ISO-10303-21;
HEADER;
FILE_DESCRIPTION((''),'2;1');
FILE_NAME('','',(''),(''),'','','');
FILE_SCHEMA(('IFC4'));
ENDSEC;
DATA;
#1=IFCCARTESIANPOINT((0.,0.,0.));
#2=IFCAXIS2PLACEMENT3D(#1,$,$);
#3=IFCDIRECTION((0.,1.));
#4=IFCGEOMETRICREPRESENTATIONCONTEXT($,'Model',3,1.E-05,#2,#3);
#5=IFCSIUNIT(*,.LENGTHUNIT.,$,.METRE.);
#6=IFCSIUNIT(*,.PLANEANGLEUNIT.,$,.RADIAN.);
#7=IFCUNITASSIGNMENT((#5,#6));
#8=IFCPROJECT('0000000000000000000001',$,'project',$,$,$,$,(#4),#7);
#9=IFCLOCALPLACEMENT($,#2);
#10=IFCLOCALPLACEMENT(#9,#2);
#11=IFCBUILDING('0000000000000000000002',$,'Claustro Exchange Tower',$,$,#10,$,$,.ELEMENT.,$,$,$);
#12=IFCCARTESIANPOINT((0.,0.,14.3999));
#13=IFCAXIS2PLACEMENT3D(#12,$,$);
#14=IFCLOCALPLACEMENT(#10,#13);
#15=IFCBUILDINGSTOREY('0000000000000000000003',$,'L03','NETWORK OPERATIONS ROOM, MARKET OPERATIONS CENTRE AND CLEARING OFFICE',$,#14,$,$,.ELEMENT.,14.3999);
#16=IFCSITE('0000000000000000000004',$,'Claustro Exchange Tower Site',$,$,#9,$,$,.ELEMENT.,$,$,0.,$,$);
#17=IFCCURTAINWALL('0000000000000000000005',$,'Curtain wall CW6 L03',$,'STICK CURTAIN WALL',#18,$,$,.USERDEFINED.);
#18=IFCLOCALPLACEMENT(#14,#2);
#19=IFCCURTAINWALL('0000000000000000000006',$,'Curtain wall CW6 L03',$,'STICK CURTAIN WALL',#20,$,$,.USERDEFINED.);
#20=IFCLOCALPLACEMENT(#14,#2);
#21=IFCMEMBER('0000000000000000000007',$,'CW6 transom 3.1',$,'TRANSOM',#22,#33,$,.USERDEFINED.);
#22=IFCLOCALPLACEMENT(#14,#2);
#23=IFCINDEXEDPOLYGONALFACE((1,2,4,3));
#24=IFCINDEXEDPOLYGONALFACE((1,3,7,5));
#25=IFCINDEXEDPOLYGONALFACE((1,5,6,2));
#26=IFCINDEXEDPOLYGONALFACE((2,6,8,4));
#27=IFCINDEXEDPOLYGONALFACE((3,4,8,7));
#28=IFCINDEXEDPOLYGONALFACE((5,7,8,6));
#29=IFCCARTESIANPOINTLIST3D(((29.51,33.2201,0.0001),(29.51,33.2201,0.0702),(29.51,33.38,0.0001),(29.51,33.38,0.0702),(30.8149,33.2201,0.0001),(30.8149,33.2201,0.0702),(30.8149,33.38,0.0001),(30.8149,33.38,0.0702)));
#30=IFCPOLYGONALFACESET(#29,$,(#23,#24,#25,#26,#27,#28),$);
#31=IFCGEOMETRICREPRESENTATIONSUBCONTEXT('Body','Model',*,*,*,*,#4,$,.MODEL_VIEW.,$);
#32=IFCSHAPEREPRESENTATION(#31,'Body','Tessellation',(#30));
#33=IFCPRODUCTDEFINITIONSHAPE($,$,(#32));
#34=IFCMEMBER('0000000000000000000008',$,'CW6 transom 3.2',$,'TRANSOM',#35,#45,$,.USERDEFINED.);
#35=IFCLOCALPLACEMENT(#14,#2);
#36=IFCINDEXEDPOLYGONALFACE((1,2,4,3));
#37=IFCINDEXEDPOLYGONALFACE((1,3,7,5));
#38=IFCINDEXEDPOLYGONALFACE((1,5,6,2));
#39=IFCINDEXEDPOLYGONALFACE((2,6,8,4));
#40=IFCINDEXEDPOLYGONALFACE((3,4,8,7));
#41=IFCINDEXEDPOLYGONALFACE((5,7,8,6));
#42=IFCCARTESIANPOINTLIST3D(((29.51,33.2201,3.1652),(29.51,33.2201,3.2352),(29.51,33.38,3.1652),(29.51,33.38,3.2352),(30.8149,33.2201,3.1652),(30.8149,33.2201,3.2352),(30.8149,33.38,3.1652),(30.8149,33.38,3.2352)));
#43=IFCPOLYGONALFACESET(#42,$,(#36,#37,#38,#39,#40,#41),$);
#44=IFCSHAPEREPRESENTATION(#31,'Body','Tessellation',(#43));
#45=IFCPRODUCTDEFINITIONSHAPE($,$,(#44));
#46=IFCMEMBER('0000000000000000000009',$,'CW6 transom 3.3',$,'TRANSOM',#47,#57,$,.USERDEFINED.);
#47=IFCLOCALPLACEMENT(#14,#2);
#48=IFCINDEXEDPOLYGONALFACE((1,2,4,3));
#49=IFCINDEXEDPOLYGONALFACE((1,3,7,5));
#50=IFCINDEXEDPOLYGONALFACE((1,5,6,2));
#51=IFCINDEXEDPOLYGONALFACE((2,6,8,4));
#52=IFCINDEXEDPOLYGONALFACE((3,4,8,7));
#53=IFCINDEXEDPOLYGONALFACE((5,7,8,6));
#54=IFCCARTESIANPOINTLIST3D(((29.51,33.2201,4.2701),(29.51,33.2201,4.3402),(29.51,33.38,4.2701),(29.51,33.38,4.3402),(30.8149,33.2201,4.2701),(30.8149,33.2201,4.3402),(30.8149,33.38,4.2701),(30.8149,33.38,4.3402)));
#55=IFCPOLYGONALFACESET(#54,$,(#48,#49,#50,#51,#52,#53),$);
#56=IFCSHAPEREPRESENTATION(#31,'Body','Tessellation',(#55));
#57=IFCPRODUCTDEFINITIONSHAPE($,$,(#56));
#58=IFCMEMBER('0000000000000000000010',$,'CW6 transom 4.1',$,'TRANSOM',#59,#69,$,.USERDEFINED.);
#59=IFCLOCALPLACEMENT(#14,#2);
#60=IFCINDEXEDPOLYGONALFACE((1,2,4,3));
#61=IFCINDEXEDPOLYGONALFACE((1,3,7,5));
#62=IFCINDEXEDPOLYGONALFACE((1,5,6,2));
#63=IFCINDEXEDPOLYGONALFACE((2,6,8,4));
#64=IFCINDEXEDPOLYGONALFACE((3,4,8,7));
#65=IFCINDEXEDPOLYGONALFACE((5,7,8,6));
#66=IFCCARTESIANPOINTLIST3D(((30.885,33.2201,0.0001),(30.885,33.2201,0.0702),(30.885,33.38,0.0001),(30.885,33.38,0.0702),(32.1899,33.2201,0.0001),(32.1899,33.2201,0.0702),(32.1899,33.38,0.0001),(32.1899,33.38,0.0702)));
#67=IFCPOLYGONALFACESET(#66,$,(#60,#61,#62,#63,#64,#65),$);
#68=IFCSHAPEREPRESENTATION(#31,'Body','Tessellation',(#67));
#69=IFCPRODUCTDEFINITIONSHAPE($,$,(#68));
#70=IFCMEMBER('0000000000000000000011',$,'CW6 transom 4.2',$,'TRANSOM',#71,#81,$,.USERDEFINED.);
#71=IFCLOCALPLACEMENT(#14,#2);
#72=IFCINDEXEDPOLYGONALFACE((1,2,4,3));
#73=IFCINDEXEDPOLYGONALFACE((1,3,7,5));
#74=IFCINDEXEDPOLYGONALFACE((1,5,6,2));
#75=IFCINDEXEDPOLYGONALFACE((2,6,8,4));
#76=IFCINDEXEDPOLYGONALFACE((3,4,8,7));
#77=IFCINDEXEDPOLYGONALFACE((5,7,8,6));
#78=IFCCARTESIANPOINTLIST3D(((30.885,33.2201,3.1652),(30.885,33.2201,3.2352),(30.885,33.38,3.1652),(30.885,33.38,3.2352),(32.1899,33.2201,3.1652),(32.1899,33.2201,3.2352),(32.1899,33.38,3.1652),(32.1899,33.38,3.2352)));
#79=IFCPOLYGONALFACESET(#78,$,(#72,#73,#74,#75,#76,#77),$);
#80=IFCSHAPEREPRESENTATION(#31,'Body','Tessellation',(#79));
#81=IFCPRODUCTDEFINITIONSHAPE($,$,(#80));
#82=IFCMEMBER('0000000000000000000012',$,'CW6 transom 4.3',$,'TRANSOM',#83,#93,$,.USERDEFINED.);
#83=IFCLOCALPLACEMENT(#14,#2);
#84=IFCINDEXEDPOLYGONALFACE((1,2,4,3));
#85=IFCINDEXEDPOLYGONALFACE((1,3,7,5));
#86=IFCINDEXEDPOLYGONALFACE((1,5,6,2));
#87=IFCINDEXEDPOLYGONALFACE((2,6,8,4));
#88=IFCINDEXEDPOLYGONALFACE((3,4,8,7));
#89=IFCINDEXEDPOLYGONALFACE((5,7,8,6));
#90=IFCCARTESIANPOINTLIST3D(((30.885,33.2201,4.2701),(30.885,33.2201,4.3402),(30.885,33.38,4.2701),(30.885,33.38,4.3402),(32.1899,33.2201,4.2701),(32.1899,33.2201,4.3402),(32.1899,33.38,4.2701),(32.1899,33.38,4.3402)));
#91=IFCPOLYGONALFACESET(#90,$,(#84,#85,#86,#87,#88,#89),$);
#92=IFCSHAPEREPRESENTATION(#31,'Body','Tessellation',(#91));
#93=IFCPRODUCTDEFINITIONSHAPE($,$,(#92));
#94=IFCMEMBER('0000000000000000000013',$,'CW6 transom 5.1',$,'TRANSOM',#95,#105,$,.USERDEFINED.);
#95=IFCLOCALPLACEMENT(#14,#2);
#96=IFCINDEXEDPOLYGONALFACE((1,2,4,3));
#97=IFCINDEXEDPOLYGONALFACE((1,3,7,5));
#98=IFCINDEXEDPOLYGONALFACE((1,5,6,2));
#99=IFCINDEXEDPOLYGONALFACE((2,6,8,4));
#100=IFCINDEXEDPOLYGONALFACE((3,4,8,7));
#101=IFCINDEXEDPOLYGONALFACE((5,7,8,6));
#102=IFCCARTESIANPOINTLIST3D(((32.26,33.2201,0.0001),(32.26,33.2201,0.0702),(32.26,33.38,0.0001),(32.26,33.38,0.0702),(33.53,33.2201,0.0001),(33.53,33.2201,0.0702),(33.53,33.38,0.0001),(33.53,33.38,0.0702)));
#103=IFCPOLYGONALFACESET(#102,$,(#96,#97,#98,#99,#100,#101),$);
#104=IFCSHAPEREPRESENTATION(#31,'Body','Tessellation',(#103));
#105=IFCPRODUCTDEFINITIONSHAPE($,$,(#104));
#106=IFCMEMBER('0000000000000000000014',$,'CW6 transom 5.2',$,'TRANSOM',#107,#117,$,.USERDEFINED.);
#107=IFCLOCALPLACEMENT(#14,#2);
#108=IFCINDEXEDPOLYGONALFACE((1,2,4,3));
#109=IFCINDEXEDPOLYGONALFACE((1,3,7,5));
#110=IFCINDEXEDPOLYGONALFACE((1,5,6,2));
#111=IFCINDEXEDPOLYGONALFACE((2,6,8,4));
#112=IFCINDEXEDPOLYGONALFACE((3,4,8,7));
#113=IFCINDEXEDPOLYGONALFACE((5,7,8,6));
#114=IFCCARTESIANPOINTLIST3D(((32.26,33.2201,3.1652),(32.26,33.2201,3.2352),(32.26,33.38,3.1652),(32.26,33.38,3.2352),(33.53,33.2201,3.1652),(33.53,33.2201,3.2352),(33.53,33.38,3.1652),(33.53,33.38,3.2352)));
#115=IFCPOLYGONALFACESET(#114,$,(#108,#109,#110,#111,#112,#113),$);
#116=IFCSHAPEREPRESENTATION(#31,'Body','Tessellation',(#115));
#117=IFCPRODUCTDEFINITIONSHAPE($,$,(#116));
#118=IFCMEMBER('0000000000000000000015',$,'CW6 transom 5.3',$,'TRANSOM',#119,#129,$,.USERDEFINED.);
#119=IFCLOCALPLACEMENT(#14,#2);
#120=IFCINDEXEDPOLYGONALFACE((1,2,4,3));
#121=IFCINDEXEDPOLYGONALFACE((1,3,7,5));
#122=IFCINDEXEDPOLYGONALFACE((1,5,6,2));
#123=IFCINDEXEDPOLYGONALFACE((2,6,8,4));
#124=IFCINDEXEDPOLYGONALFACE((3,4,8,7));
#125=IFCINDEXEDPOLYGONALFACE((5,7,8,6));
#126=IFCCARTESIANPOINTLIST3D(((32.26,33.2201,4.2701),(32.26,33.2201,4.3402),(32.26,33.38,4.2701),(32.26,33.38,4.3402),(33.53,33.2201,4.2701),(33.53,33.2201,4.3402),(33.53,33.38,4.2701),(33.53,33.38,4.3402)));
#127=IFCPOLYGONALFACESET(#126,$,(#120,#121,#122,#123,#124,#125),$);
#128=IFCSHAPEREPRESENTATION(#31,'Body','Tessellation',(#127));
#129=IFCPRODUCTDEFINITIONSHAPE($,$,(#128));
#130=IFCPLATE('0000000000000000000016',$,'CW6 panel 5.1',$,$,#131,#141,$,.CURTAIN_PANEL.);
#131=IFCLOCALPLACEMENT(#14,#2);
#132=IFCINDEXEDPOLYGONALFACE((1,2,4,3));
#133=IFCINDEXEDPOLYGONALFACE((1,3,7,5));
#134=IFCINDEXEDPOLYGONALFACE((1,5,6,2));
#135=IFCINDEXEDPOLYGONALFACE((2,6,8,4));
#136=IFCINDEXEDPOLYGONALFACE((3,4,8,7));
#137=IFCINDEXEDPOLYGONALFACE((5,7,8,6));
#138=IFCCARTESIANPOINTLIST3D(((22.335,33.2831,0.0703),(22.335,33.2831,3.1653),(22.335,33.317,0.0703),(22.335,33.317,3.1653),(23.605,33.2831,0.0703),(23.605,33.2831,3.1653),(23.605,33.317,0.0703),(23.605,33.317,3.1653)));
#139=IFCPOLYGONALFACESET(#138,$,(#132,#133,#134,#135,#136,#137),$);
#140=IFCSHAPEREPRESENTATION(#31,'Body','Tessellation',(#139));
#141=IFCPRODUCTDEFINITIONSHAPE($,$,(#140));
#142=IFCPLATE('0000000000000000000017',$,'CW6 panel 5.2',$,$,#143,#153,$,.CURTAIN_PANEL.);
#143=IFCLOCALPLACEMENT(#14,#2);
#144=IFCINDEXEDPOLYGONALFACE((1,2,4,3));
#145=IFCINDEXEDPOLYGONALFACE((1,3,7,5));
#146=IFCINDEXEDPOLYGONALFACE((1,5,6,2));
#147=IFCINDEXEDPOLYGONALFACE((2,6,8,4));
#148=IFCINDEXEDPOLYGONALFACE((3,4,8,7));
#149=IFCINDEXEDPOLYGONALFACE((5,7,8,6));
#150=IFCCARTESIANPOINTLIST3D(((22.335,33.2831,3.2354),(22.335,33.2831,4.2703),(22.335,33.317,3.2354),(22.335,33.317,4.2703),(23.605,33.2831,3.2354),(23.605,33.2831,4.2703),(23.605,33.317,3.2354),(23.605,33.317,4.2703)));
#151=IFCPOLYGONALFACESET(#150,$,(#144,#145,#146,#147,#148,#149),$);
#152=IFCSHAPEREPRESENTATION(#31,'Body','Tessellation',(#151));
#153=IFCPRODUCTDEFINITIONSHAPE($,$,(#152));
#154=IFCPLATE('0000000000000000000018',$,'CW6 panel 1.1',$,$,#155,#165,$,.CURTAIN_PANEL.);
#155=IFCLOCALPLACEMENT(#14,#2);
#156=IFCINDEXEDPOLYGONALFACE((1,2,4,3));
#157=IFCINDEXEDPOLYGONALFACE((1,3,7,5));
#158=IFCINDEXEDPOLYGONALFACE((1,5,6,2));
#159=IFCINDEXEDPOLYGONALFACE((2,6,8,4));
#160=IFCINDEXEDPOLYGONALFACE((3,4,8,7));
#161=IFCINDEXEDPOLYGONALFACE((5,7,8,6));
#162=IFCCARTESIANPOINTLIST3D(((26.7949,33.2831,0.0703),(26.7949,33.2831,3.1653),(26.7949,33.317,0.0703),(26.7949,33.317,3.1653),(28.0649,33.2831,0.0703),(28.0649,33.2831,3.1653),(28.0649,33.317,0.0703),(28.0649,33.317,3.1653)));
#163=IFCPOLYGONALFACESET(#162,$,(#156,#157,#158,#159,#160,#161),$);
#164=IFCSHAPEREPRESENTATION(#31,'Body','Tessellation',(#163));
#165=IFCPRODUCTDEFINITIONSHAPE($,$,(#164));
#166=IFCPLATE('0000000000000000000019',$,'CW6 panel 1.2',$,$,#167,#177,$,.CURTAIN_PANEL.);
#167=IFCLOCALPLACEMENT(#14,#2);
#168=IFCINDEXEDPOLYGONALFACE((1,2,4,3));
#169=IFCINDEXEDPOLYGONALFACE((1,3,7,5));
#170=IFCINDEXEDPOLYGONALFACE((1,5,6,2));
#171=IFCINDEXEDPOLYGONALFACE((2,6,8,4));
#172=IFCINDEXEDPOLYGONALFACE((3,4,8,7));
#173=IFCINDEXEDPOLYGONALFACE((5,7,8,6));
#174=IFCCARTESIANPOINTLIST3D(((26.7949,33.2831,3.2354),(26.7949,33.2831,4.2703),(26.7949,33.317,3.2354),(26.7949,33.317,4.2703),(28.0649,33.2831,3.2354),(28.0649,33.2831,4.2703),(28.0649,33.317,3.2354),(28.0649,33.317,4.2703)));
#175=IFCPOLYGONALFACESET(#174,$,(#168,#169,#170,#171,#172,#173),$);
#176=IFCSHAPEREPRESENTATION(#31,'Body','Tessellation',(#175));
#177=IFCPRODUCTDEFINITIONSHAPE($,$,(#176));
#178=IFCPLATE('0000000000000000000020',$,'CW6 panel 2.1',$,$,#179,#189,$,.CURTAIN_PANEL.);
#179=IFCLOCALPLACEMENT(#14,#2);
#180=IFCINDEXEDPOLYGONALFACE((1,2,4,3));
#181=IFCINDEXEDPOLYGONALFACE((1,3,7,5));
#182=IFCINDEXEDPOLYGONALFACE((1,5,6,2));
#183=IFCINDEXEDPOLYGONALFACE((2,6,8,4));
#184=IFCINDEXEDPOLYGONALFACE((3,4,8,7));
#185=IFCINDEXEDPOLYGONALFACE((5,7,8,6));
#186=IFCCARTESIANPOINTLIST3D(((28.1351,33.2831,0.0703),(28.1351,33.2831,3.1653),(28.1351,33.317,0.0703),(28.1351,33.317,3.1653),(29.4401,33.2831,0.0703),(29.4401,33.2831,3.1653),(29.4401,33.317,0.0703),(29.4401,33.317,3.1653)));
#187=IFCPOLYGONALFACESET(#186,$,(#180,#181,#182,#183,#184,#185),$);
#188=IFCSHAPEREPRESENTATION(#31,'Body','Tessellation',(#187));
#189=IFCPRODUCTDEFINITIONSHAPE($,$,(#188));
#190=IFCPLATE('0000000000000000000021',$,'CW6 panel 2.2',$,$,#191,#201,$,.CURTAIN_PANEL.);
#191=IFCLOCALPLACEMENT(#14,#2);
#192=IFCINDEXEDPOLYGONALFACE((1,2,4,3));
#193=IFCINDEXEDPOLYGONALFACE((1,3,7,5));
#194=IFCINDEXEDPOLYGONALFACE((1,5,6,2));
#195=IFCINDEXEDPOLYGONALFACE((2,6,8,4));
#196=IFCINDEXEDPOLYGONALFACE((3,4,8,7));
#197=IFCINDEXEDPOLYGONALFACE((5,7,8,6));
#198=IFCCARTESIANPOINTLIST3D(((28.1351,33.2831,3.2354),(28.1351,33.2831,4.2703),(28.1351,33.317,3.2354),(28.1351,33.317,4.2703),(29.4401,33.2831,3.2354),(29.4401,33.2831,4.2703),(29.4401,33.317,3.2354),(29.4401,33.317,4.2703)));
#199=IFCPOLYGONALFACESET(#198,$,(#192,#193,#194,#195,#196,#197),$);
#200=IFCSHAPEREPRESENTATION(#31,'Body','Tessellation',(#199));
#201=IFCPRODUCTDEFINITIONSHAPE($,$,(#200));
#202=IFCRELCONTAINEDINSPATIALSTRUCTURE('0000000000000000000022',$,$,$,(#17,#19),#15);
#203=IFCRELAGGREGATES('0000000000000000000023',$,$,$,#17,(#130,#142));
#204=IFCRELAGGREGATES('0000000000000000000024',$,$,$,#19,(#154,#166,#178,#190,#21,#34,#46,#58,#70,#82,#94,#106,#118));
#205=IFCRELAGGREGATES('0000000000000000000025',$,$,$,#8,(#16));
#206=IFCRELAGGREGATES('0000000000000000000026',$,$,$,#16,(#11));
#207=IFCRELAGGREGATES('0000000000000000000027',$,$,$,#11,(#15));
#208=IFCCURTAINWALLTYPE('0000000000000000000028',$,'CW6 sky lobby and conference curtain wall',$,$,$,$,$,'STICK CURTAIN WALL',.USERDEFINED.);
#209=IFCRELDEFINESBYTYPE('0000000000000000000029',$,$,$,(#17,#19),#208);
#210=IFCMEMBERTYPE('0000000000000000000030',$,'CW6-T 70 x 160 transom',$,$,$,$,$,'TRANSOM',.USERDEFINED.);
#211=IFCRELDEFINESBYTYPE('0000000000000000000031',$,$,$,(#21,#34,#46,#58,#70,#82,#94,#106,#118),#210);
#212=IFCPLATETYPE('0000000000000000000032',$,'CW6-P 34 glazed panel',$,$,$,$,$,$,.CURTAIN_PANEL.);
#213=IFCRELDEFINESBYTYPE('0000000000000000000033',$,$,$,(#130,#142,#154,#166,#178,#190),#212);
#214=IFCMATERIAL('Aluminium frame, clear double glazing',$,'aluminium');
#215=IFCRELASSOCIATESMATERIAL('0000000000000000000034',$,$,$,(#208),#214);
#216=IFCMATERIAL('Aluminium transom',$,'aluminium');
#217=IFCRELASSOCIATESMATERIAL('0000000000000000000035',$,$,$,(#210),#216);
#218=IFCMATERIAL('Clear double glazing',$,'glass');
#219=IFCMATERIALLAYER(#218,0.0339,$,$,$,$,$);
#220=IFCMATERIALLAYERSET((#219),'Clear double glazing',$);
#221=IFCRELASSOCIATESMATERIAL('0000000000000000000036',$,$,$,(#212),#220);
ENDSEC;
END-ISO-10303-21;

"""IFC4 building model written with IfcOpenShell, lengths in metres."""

from ifc_helpers import new_model, si_unit, direction, frame, origin, origin_2d, place, context, subcontext, project, spatial, rectangle, extrude, material, layer, layer_set, material_profile, profile_set, type_object, element, aggregate, save


model = new_model("IFC4")

# Units and contexts
model_context = context("Model", 3, precision=1e-05, world=origin(), true_north=direction((0.0, 1.0)))
body_context = subcontext(model_context, "Body", "Model", "MODEL_VIEW")
ifc_project = project(units=[si_unit("LENGTHUNIT", "METRE"), si_unit("PLANEANGLEUNIT", "RADIAN")], contexts=[model_context])

# Site, building, storey
site_placement = place(None, origin())
site = spatial("IfcSite", under=ifc_project, at=site_placement, Name="Claustro Exchange Tower Site", CompositionType="ELEMENT", RefElevation=0.0)
building_placement = place(site_placement, origin())
building = spatial("IfcBuilding", under=site, at=building_placement, Name="Claustro Exchange Tower", CompositionType="ELEMENT")
storey_placement = place(building_placement, frame((0.0, 0.0, 14.3999)))
storey = spatial("IfcBuildingStorey", under=building, at=storey_placement, Name="L03", Description="NETWORK OPERATIONS ROOM, MARKET OPERATIONS CENTRE AND CLEARING OFFICE", CompositionType="ELEMENT", Elevation=14.3999)

# Curtain wall
ifc_material_1 = material(Name="Aluminium frame, clear double glazing", Category="aluminium")
curtain_wall_type = type_object("IfcCurtainWallType", Name="CW6 sky lobby and conference curtain wall", ElementType="STICK CURTAIN WALL", PredefinedType="USERDEFINED", material=ifc_material_1)
curtain_wall_1_placement = place(storey_placement, origin())
curtain_wall_1 = element("IfcCurtainWall", 1, at=curtain_wall_1_placement, inside=storey, type_object=curtain_wall_type, Name="Curtain wall CW6 L03", ObjectType="STICK CURTAIN WALL", PredefinedType="USERDEFINED")

# Curtain wall, members
curtain_wall_2_placement = place(storey_placement, origin())
curtain_wall_2 = element("IfcCurtainWall", 2, at=curtain_wall_2_placement, inside=storey, type_object=curtain_wall_type, Name="Curtain wall CW6 L03", ObjectType="STICK CURTAIN WALL", PredefinedType="USERDEFINED")
ifc_material_2 = material(Name="Aluminium transom", Category="aluminium")
ifc_material_profile_1 = material_profile(ifc_material_2, rectangle(XDim=0.1599, YDim=0.0701, at=origin_2d()), Name="CW6-T 70x160")
ifc_profile_set_1 = profile_set([ifc_material_profile_1], Name="Aluminium transom")
member_type_1 = type_object("IfcMemberType", Name="CW6-T 70 x 160 transom", ElementType="TRANSOM", PredefinedType="USERDEFINED", material=ifc_profile_set_1)
member_1_placement = place(storey_placement, frame((29.51, 33.3, 0.0352), z_axis=(1.0, 0.0, 0.0), x_axis=(0.0, 1.0, 0.0)))
member_1 = element("IfcMember", 3, at=member_1_placement, type_object=member_type_1, Name="CW6 transom 3.1", ObjectType="TRANSOM", PredefinedType="USERDEFINED", context=body_context, shape_type="SweptSolid", body=[
    extrude(rectangle(XDim=0.1599, YDim=0.0701, at=origin_2d()), origin(), (0.0, 0.0, 1.0), 1.3049),
])
member_2_placement = place(storey_placement, frame((29.51, 33.3, 3.2002), z_axis=(1.0, 0.0, 0.0), x_axis=(0.0, 1.0, 0.0)))
member_2 = element("IfcMember", 4, at=member_2_placement, type_object=member_type_1, Name="CW6 transom 3.2", ObjectType="TRANSOM", PredefinedType="USERDEFINED", context=body_context, shape_type="SweptSolid", body=[
    extrude(rectangle(XDim=0.1599, YDim=0.0701, at=origin_2d()), origin(), (0.0, 0.0, 1.0), 1.3049),
])
member_3_placement = place(storey_placement, frame((29.51, 33.3, 4.3052), z_axis=(1.0, 0.0, 0.0), x_axis=(0.0, 1.0, 0.0)))
member_3 = element("IfcMember", 5, at=member_3_placement, type_object=member_type_1, Name="CW6 transom 3.3", ObjectType="TRANSOM", PredefinedType="USERDEFINED", context=body_context, shape_type="SweptSolid", body=[
    extrude(rectangle(XDim=0.1599, YDim=0.0701, at=origin_2d()), origin(), (0.0, 0.0, 1.0), 1.3049),
])
member_4_placement = place(storey_placement, frame((30.885, 33.3, 0.0352), z_axis=(1.0, 0.0, 0.0), x_axis=(0.0, 1.0, 0.0)))
member_4 = element("IfcMember", 6, at=member_4_placement, type_object=member_type_1, Name="CW6 transom 4.1", ObjectType="TRANSOM", PredefinedType="USERDEFINED", context=body_context, shape_type="SweptSolid", body=[
    extrude(rectangle(XDim=0.1599, YDim=0.0701, at=origin_2d()), origin(), (0.0, 0.0, 1.0), 1.3049),
])
member_5_placement = place(storey_placement, frame((30.885, 33.3, 3.2002), z_axis=(1.0, 0.0, 0.0), x_axis=(0.0, 1.0, 0.0)))
member_5 = element("IfcMember", 7, at=member_5_placement, type_object=member_type_1, Name="CW6 transom 4.2", ObjectType="TRANSOM", PredefinedType="USERDEFINED", context=body_context, shape_type="SweptSolid", body=[
    extrude(rectangle(XDim=0.1599, YDim=0.0701, at=origin_2d()), origin(), (0.0, 0.0, 1.0), 1.3049),
])
member_6_placement = place(storey_placement, frame((30.885, 33.3, 4.3052), z_axis=(1.0, 0.0, 0.0), x_axis=(0.0, 1.0, 0.0)))
member_6 = element("IfcMember", 8, at=member_6_placement, type_object=member_type_1, Name="CW6 transom 4.3", ObjectType="TRANSOM", PredefinedType="USERDEFINED", context=body_context, shape_type="SweptSolid", body=[
    extrude(rectangle(XDim=0.1599, YDim=0.0701, at=origin_2d()), origin(), (0.0, 0.0, 1.0), 1.3049),
])
member_7_placement = place(storey_placement, frame((32.26, 33.3, 0.0352), z_axis=(1.0, 0.0, 0.0), x_axis=(0.0, 1.0, 0.0)))
member_7 = element("IfcMember", 9, at=member_7_placement, type_object=member_type_1, Name="CW6 transom 5.1", ObjectType="TRANSOM", PredefinedType="USERDEFINED", context=body_context, shape_type="SweptSolid", body=[
    extrude(rectangle(XDim=0.1599, YDim=0.0701, at=origin_2d()), origin(), (0.0, 0.0, 1.0), 1.27),
])
member_8_placement = place(storey_placement, frame((32.26, 33.3, 3.2002), z_axis=(1.0, 0.0, 0.0), x_axis=(0.0, 1.0, 0.0)))
member_8 = element("IfcMember", 10, at=member_8_placement, type_object=member_type_1, Name="CW6 transom 5.2", ObjectType="TRANSOM", PredefinedType="USERDEFINED", context=body_context, shape_type="SweptSolid", body=[
    extrude(rectangle(XDim=0.1599, YDim=0.0701, at=origin_2d()), origin(), (0.0, 0.0, 1.0), 1.27),
])
member_9_placement = place(storey_placement, frame((32.26, 33.3, 4.3052), z_axis=(1.0, 0.0, 0.0), x_axis=(0.0, 1.0, 0.0)))
member_9 = element("IfcMember", 11, at=member_9_placement, type_object=member_type_1, Name="CW6 transom 5.3", ObjectType="TRANSOM", PredefinedType="USERDEFINED", context=body_context, shape_type="SweptSolid", body=[
    extrude(rectangle(XDim=0.1599, YDim=0.0701, at=origin_2d()), origin(), (0.0, 0.0, 1.0), 1.27),
])

# Plates
ifc_material_3 = material(Name="Clear double glazing", Category="glass")
ifc_layer_1 = layer(ifc_material_3, 0.0339)
ifc_layer_set_1 = layer_set([ifc_layer_1], Name="Clear double glazing")
plate_type = type_object("IfcPlateType", Name="CW6-P 34 glazed panel", PredefinedType="CURTAIN_PANEL", material=ifc_layer_set_1)
plate_1_placement = place(storey_placement, frame((22.97, 33.3, 0.0703), z_axis=(0.0, 0.0, 1.0), x_axis=(1.0, 0.0, 0.0)))
plate_1 = element("IfcPlate", 12, at=plate_1_placement, type_object=plate_type, Name="CW6 panel 5.1", PredefinedType="CURTAIN_PANEL", context=body_context, shape_type="SweptSolid", body=[
    extrude(rectangle(XDim=1.27, YDim=0.0339, at=origin_2d()), origin(), (0.0, 0.0, 1.0), 3.095),
])
plate_2_placement = place(storey_placement, frame((22.97, 33.3, 3.2354), z_axis=(0.0, 0.0, 1.0), x_axis=(1.0, 0.0, 0.0)))
plate_2 = element("IfcPlate", 13, at=plate_2_placement, type_object=plate_type, Name="CW6 panel 5.2", PredefinedType="CURTAIN_PANEL", context=body_context, shape_type="SweptSolid", body=[
    extrude(rectangle(XDim=1.27, YDim=0.0339, at=origin_2d()), origin(), (0.0, 0.0, 1.0), 1.0349),
])
aggregate(curtain_wall_1, [plate_1, plate_2])
plate_3_placement = place(storey_placement, frame((27.4299, 33.3, 0.0703), z_axis=(0.0, 0.0, 1.0), x_axis=(1.0, 0.0, 0.0)))
plate_3 = element("IfcPlate", 14, at=plate_3_placement, type_object=plate_type, Name="CW6 panel 1.1", PredefinedType="CURTAIN_PANEL", context=body_context, shape_type="SweptSolid", body=[
    extrude(rectangle(XDim=1.27, YDim=0.0339, at=origin_2d()), origin(), (0.0, 0.0, 1.0), 3.095),
])
plate_4_placement = place(storey_placement, frame((27.4299, 33.3, 3.2354), z_axis=(0.0, 0.0, 1.0), x_axis=(1.0, 0.0, 0.0)))
plate_4 = element("IfcPlate", 15, at=plate_4_placement, type_object=plate_type, Name="CW6 panel 1.2", PredefinedType="CURTAIN_PANEL", context=body_context, shape_type="SweptSolid", body=[
    extrude(rectangle(XDim=1.27, YDim=0.0339, at=origin_2d()), origin(), (0.0, 0.0, 1.0), 1.0349),
])
plate_5_placement = place(storey_placement, frame((28.7876, 33.3, 0.0703), z_axis=(0.0, 0.0, 1.0), x_axis=(1.0, 0.0, 0.0)))
plate_5 = element("IfcPlate", 16, at=plate_5_placement, type_object=plate_type, Name="CW6 panel 2.1", PredefinedType="CURTAIN_PANEL", context=body_context, shape_type="SweptSolid", body=[
    extrude(rectangle(XDim=1.3049, YDim=0.0339, at=origin_2d()), origin(), (0.0, 0.0, 1.0), 3.095),
])
plate_6_placement = place(storey_placement, frame((28.7876, 33.3, 3.2354), z_axis=(0.0, 0.0, 1.0), x_axis=(1.0, 0.0, 0.0)))
plate_6 = element("IfcPlate", 17, at=plate_6_placement, type_object=plate_type, Name="CW6 panel 2.2", PredefinedType="CURTAIN_PANEL", context=body_context, shape_type="SweptSolid", body=[
    extrude(rectangle(XDim=1.3049, YDim=0.0339, at=origin_2d()), origin(), (0.0, 0.0, 1.0), 1.0349),
])
aggregate(curtain_wall_2, [plate_3, plate_4, plate_5, plate_6, member_1, member_2, member_3, member_4, member_5, member_6, member_7, member_8, member_9])

save(model, "model.ifc")
